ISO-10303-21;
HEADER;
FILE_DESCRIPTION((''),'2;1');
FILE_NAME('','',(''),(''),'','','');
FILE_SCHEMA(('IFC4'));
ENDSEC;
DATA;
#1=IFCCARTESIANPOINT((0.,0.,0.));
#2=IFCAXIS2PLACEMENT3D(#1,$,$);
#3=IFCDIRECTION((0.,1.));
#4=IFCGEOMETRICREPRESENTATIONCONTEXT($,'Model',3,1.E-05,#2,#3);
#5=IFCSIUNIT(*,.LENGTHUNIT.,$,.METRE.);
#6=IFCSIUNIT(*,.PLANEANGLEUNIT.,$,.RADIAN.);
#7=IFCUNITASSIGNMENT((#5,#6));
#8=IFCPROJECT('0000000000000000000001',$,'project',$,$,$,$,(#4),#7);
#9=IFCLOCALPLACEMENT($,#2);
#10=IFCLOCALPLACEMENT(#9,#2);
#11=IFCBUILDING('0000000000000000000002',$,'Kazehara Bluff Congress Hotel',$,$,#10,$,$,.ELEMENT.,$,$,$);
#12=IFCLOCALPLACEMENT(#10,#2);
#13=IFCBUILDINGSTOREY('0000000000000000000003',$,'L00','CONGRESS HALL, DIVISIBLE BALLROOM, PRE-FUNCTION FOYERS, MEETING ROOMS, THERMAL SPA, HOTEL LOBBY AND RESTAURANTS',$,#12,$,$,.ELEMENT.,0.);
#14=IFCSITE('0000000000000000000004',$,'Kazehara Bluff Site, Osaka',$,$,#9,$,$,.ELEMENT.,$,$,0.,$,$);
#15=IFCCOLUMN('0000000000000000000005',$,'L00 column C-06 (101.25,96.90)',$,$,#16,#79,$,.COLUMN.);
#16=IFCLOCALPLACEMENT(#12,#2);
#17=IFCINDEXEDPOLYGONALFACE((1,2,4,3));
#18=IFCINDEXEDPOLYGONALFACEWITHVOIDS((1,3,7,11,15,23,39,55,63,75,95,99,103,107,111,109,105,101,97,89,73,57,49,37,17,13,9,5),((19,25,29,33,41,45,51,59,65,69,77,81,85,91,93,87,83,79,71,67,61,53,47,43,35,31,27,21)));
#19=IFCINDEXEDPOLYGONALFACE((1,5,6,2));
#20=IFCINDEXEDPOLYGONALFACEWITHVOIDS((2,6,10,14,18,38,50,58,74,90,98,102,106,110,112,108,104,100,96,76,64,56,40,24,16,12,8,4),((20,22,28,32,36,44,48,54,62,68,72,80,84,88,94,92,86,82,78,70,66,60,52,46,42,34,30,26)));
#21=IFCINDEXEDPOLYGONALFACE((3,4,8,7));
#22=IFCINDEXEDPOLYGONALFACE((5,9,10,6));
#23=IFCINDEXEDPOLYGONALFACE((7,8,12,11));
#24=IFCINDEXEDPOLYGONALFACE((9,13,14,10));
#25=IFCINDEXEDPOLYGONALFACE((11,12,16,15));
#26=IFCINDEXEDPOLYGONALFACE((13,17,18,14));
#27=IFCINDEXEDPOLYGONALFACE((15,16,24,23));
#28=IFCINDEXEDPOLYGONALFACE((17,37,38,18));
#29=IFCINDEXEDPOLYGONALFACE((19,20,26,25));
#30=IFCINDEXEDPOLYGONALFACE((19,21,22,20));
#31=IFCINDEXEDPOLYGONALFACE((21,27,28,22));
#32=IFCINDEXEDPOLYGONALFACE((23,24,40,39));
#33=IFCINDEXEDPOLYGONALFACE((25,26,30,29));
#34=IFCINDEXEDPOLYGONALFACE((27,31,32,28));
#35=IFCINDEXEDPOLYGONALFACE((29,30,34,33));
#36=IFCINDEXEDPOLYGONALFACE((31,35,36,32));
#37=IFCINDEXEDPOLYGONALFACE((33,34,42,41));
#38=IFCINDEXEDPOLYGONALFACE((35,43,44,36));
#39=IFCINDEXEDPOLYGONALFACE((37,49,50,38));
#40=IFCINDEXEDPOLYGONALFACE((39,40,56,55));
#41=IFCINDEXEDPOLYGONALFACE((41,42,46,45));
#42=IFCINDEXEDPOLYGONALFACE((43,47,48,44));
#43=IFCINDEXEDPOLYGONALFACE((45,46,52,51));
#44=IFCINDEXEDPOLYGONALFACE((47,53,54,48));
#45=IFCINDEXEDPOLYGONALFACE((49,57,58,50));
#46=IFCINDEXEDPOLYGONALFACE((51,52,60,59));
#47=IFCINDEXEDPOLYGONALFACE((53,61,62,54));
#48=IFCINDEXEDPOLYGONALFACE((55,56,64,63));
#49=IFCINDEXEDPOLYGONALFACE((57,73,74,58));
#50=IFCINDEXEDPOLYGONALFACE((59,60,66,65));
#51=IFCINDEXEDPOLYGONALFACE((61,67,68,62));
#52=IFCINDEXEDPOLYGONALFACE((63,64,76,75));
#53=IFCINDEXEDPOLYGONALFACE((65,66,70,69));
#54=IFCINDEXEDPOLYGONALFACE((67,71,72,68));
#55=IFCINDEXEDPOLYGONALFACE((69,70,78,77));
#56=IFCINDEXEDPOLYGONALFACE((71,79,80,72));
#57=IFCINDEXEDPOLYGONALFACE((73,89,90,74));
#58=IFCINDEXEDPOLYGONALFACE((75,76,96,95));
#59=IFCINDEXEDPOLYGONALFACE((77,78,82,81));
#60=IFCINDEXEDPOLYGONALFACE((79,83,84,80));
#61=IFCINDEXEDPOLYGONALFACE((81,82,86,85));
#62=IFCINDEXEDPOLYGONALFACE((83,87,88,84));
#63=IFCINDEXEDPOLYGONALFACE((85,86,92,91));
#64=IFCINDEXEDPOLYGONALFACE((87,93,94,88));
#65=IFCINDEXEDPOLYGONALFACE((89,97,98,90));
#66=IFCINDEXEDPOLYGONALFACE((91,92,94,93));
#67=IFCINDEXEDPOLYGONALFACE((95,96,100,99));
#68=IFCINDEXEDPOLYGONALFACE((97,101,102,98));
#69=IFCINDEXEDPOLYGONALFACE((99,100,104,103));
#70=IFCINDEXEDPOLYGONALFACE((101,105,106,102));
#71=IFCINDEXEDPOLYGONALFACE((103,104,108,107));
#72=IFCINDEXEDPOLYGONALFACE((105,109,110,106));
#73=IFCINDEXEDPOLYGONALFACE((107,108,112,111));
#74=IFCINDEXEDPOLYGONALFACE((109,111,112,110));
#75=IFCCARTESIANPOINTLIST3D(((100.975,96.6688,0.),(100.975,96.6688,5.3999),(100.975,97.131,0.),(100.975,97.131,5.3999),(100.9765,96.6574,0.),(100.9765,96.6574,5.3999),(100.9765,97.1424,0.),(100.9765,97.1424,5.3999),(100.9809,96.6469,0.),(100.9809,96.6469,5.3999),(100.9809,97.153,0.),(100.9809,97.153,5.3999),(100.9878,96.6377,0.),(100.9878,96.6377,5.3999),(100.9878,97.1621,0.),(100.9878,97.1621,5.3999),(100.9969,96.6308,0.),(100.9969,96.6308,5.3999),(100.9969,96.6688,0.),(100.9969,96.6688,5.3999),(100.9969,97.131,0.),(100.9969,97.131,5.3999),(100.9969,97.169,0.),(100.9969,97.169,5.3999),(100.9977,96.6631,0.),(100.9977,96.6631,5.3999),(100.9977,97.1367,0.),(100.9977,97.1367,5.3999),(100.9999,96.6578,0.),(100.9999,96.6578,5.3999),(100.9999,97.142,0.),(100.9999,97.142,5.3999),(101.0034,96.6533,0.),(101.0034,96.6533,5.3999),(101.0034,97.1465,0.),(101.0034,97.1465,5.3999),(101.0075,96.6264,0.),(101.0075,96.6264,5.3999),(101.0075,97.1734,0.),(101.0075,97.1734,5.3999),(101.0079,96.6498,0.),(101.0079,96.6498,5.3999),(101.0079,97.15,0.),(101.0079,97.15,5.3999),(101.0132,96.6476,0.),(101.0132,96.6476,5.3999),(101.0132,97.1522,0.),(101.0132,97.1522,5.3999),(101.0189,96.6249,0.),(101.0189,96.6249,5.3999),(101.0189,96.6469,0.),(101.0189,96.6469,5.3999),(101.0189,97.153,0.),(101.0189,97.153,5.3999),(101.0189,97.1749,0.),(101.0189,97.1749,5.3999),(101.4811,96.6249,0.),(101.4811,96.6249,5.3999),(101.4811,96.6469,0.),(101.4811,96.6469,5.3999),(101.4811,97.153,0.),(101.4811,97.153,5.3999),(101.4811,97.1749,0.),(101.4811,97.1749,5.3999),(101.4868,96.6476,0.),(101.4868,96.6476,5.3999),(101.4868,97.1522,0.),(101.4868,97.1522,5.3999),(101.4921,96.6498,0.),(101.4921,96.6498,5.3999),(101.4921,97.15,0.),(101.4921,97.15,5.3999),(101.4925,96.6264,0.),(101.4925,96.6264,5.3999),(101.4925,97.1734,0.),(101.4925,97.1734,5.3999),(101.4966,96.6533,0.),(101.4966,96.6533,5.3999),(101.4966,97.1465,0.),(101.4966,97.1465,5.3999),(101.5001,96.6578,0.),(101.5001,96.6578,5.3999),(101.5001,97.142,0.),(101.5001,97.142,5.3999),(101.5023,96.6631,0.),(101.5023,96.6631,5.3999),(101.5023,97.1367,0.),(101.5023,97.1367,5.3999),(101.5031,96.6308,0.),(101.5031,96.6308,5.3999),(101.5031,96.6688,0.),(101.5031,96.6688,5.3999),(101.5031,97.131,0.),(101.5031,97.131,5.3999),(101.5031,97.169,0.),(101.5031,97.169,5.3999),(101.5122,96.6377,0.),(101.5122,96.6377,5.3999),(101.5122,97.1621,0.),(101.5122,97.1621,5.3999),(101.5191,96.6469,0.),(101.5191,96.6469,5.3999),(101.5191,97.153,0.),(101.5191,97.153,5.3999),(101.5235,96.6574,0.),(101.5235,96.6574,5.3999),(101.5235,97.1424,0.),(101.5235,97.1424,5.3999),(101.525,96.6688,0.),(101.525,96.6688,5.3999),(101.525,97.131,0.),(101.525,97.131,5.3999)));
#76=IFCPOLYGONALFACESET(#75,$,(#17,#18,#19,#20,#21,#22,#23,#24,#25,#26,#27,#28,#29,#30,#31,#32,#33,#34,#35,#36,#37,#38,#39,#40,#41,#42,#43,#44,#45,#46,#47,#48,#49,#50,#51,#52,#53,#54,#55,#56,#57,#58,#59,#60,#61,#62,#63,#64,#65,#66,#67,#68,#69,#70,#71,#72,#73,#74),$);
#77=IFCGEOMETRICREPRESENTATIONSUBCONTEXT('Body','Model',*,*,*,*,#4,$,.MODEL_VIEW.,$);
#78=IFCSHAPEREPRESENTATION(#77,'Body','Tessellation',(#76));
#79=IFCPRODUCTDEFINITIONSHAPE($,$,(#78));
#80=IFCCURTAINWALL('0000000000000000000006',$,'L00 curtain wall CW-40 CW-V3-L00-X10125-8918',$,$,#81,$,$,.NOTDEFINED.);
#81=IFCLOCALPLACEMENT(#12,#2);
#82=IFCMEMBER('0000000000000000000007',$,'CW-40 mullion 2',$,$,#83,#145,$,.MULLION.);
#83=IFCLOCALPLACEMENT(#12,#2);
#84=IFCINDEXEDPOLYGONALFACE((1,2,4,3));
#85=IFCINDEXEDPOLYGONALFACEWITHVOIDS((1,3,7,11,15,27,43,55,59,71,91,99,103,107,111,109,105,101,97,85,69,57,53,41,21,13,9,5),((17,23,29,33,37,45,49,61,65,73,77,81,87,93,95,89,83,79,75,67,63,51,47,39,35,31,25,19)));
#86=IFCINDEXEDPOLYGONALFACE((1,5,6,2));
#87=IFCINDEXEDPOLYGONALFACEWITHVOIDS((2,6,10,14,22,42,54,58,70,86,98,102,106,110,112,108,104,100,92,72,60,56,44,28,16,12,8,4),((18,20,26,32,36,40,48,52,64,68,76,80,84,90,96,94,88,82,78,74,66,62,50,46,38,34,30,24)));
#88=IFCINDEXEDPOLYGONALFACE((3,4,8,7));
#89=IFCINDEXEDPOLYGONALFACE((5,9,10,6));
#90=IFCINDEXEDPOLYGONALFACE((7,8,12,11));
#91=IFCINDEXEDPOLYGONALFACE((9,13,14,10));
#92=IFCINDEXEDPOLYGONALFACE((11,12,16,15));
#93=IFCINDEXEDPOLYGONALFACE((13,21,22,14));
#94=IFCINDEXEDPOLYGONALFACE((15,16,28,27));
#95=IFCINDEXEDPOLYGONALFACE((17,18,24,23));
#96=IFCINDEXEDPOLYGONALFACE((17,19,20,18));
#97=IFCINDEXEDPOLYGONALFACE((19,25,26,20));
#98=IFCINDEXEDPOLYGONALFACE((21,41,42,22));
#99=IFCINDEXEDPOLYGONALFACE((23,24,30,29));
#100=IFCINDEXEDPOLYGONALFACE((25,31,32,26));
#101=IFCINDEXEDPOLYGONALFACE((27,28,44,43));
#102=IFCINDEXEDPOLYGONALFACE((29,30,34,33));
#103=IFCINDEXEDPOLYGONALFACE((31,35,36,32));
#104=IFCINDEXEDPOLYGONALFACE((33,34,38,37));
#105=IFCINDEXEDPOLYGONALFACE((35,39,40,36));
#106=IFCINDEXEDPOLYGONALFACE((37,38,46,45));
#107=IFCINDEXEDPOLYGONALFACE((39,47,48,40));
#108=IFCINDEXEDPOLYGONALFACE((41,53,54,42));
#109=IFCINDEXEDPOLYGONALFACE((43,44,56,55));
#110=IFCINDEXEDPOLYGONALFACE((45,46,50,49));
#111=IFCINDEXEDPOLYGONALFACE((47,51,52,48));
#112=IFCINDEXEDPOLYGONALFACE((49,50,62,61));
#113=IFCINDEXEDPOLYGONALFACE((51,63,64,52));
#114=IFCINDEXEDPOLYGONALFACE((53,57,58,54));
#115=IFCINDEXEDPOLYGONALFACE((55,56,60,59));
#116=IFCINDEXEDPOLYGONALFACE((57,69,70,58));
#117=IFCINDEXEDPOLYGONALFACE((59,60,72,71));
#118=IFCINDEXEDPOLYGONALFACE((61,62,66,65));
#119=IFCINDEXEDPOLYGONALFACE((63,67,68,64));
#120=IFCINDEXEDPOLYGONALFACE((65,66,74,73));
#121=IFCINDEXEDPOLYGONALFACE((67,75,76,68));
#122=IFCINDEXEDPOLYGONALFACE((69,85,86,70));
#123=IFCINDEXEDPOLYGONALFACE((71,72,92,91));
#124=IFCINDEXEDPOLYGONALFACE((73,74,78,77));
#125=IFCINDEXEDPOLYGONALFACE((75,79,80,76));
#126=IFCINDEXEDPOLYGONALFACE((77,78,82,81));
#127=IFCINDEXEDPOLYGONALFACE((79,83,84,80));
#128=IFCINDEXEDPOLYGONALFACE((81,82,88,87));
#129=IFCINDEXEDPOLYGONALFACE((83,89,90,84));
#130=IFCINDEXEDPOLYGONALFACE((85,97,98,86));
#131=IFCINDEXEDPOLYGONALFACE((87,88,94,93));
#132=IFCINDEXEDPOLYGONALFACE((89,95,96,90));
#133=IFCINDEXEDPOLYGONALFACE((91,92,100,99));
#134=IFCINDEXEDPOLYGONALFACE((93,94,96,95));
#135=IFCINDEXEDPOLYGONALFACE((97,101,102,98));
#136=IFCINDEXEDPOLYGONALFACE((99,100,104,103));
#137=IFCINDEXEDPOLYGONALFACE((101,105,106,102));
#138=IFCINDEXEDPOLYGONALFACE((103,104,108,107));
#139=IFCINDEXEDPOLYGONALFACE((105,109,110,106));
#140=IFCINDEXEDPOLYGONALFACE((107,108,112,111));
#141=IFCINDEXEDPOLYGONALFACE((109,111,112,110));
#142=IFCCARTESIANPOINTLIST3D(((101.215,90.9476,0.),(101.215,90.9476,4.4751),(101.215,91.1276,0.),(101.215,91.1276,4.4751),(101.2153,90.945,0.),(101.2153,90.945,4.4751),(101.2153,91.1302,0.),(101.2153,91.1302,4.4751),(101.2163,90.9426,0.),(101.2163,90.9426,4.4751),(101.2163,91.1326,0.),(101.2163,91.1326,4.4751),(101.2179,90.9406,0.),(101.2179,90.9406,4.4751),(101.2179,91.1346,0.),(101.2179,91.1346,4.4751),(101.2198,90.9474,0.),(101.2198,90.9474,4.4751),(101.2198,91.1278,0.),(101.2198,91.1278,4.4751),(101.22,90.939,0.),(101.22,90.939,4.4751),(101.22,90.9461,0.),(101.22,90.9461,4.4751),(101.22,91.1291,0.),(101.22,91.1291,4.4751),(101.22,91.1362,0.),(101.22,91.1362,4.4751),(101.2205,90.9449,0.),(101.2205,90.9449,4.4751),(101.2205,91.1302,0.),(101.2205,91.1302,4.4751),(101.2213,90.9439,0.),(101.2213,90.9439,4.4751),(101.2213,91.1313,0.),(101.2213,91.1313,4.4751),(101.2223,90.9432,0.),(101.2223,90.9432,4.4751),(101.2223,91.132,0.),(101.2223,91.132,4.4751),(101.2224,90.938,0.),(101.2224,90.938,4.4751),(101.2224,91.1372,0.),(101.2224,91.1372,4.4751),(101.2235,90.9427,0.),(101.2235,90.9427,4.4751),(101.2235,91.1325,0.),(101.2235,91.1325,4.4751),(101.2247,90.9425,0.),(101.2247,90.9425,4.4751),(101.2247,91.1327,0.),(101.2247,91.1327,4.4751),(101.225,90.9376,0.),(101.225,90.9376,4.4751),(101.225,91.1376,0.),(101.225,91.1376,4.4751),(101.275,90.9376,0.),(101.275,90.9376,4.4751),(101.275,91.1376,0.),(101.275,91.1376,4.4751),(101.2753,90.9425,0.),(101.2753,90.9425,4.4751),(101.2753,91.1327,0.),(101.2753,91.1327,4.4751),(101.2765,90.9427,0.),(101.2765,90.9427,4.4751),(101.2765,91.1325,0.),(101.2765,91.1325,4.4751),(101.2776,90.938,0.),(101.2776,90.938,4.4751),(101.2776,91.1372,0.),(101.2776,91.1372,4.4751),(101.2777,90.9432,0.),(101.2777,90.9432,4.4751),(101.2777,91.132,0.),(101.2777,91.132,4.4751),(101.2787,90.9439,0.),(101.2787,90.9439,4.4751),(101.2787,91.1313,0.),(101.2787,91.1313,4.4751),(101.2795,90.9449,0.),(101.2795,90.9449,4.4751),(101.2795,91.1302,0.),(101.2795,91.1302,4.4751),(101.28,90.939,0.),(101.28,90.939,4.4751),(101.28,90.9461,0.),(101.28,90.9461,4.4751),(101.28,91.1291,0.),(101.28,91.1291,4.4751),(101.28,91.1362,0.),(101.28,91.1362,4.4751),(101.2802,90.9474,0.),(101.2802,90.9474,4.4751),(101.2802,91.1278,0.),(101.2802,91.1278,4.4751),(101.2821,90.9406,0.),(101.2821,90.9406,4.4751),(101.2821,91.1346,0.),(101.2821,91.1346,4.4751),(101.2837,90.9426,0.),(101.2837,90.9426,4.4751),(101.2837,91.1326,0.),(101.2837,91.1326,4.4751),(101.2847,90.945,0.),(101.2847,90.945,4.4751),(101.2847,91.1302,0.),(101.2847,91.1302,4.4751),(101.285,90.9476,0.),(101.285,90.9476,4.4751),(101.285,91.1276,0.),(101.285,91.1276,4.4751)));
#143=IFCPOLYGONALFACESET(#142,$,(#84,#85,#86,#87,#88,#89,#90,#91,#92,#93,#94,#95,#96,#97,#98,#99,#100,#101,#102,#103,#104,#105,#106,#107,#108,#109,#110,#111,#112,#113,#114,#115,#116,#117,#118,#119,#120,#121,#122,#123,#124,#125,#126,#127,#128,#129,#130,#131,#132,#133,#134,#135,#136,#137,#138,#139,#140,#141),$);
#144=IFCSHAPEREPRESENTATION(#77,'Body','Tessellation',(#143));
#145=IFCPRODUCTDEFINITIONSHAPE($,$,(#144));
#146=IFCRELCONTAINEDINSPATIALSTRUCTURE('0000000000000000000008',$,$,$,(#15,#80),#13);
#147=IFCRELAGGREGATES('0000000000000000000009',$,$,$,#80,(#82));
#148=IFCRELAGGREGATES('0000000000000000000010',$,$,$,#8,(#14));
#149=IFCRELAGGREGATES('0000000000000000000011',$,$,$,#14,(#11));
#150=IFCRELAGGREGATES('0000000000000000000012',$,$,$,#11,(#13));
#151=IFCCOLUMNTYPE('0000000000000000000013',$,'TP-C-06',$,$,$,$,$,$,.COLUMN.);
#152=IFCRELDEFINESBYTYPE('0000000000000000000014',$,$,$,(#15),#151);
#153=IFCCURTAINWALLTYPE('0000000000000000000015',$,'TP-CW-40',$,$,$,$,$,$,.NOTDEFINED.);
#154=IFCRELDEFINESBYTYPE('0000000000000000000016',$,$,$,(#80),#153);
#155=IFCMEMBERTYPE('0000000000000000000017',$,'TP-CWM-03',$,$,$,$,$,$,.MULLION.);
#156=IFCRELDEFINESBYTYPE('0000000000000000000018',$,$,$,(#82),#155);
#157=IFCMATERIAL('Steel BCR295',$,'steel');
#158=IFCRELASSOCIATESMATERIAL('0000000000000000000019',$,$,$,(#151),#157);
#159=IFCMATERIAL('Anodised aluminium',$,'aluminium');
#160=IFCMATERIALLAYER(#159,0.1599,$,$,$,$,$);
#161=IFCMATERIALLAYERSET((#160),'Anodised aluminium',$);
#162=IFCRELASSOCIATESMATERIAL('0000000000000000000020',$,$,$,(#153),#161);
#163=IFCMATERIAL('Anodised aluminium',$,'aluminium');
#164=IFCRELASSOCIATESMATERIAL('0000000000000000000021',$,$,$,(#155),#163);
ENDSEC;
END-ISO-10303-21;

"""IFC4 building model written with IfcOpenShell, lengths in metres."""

from ifc_helpers import new_model, si_unit, direction, frame, origin, origin_2d, place, context, subcontext, project, spatial, hollow_rectangle, extrude, material, layer, layer_set, material_profile, profile_set, type_object, element, aggregate, save


model = new_model("IFC4")

# Units and contexts
model_context = context("Model", 3, precision=1e-05, world=origin(), true_north=direction((0.0, 1.0)))
body_context = subcontext(model_context, "Body", "Model", "MODEL_VIEW")
ifc_project = project(units=[si_unit("LENGTHUNIT", "METRE"), si_unit("PLANEANGLEUNIT", "RADIAN")], contexts=[model_context])

# Site, building, storey
site_placement = place(None, origin())
site = spatial("IfcSite", under=ifc_project, at=site_placement, Name="Kazehara Bluff Site, Osaka", CompositionType="ELEMENT", RefElevation=0.0)
building_placement = place(site_placement, origin())
building = spatial("IfcBuilding", under=site, at=building_placement, Name="Kazehara Bluff Congress Hotel", CompositionType="ELEMENT")
storey_placement = place(building_placement, origin())
storey = spatial("IfcBuildingStorey", under=building, at=storey_placement, Name="L00", Description="CONGRESS HALL, DIVISIBLE BALLROOM, PRE-FUNCTION FOYERS, MEETING ROOMS, THERMAL SPA, HOTEL LOBBY AND RESTAURANTS", CompositionType="ELEMENT", Elevation=0.0)

# Column
ifc_material_1 = material(Name="Steel BCR295", Category="steel")
ifc_material_profile_1 = material_profile(ifc_material_1, hollow_rectangle(XDim=0.55, YDim=0.55, WallThickness=0.022, InnerFilletRadius=0.022, OuterFilletRadius=0.0439, at=origin_2d()))
ifc_profile_set_1 = profile_set([ifc_material_profile_1], Name="Steel BCR295")
column_type = type_object("IfcColumnType", Name="TP-C-06", PredefinedType="COLUMN", material=ifc_profile_set_1)
column_placement = place(storey_placement, frame((101.25, 96.8999, 0.0), z_axis=(0.0, 0.0, 1.0), x_axis=(1.0, 0.0, 0.0)))
element("IfcColumn", 1, at=column_placement, inside=storey, type_object=column_type, Name="L00 column C-06 (101.25,96.90)", PredefinedType="COLUMN", context=body_context, shape_type="SweptSolid", body=[
    extrude(hollow_rectangle(XDim=0.55, YDim=0.55, WallThickness=0.022, InnerFilletRadius=0.022, OuterFilletRadius=0.0439, at=origin_2d()), origin(), (0.0, 0.0, 1.0), 5.3999),
])

# Curtain wall, member
ifc_material_2 = material(Name="Anodised aluminium", Category="aluminium")
ifc_layer_1 = layer(ifc_material_2, 0.1599)
ifc_layer_set_1 = layer_set([ifc_layer_1], Name="Anodised aluminium")
curtain_wall_type = type_object("IfcCurtainWallType", Name="TP-CW-40", PredefinedType="NOTDEFINED", material=ifc_layer_set_1)
curtain_wall_placement = place(storey_placement, origin())
curtain_wall = element("IfcCurtainWall", 2, at=curtain_wall_placement, inside=storey, type_object=curtain_wall_type, Name="L00 curtain wall CW-40 CW-V3-L00-X10125-8918", PredefinedType="NOTDEFINED")
ifc_material_3 = material(Name="Anodised aluminium", Category="aluminium")
ifc_material_profile_2 = material_profile(ifc_material_3, hollow_rectangle(XDim=0.0701, YDim=0.2, WallThickness=0.0049, InnerFilletRadius=0.0049, OuterFilletRadius=0.01, at=origin_2d()))
ifc_profile_set_2 = profile_set([ifc_material_profile_2], Name="Anodised aluminium")
member_type_1 = type_object("IfcMemberType", Name="TP-CWM-03", PredefinedType="MULLION", material=ifc_profile_set_2)
member_1_placement = place(storey_placement, frame((101.25, 91.0376, 0.0), z_axis=(0.0, 0.0, 1.0), x_axis=(-1.0, 0.0, 0.0)))
member_1 = element("IfcMember", 3, at=member_1_placement, type_object=member_type_1, Name="CW-40 mullion 2", PredefinedType="MULLION", context=body_context, shape_type="SweptSolid", body=[
    extrude(hollow_rectangle(XDim=0.0701, YDim=0.2, WallThickness=0.0049, InnerFilletRadius=0.0049, OuterFilletRadius=0.01, at=origin_2d()), origin(), (0.0, 0.0, 1.0), 4.4751),
])
aggregate(curtain_wall, [member_1])

save(model, "model.ifc")
